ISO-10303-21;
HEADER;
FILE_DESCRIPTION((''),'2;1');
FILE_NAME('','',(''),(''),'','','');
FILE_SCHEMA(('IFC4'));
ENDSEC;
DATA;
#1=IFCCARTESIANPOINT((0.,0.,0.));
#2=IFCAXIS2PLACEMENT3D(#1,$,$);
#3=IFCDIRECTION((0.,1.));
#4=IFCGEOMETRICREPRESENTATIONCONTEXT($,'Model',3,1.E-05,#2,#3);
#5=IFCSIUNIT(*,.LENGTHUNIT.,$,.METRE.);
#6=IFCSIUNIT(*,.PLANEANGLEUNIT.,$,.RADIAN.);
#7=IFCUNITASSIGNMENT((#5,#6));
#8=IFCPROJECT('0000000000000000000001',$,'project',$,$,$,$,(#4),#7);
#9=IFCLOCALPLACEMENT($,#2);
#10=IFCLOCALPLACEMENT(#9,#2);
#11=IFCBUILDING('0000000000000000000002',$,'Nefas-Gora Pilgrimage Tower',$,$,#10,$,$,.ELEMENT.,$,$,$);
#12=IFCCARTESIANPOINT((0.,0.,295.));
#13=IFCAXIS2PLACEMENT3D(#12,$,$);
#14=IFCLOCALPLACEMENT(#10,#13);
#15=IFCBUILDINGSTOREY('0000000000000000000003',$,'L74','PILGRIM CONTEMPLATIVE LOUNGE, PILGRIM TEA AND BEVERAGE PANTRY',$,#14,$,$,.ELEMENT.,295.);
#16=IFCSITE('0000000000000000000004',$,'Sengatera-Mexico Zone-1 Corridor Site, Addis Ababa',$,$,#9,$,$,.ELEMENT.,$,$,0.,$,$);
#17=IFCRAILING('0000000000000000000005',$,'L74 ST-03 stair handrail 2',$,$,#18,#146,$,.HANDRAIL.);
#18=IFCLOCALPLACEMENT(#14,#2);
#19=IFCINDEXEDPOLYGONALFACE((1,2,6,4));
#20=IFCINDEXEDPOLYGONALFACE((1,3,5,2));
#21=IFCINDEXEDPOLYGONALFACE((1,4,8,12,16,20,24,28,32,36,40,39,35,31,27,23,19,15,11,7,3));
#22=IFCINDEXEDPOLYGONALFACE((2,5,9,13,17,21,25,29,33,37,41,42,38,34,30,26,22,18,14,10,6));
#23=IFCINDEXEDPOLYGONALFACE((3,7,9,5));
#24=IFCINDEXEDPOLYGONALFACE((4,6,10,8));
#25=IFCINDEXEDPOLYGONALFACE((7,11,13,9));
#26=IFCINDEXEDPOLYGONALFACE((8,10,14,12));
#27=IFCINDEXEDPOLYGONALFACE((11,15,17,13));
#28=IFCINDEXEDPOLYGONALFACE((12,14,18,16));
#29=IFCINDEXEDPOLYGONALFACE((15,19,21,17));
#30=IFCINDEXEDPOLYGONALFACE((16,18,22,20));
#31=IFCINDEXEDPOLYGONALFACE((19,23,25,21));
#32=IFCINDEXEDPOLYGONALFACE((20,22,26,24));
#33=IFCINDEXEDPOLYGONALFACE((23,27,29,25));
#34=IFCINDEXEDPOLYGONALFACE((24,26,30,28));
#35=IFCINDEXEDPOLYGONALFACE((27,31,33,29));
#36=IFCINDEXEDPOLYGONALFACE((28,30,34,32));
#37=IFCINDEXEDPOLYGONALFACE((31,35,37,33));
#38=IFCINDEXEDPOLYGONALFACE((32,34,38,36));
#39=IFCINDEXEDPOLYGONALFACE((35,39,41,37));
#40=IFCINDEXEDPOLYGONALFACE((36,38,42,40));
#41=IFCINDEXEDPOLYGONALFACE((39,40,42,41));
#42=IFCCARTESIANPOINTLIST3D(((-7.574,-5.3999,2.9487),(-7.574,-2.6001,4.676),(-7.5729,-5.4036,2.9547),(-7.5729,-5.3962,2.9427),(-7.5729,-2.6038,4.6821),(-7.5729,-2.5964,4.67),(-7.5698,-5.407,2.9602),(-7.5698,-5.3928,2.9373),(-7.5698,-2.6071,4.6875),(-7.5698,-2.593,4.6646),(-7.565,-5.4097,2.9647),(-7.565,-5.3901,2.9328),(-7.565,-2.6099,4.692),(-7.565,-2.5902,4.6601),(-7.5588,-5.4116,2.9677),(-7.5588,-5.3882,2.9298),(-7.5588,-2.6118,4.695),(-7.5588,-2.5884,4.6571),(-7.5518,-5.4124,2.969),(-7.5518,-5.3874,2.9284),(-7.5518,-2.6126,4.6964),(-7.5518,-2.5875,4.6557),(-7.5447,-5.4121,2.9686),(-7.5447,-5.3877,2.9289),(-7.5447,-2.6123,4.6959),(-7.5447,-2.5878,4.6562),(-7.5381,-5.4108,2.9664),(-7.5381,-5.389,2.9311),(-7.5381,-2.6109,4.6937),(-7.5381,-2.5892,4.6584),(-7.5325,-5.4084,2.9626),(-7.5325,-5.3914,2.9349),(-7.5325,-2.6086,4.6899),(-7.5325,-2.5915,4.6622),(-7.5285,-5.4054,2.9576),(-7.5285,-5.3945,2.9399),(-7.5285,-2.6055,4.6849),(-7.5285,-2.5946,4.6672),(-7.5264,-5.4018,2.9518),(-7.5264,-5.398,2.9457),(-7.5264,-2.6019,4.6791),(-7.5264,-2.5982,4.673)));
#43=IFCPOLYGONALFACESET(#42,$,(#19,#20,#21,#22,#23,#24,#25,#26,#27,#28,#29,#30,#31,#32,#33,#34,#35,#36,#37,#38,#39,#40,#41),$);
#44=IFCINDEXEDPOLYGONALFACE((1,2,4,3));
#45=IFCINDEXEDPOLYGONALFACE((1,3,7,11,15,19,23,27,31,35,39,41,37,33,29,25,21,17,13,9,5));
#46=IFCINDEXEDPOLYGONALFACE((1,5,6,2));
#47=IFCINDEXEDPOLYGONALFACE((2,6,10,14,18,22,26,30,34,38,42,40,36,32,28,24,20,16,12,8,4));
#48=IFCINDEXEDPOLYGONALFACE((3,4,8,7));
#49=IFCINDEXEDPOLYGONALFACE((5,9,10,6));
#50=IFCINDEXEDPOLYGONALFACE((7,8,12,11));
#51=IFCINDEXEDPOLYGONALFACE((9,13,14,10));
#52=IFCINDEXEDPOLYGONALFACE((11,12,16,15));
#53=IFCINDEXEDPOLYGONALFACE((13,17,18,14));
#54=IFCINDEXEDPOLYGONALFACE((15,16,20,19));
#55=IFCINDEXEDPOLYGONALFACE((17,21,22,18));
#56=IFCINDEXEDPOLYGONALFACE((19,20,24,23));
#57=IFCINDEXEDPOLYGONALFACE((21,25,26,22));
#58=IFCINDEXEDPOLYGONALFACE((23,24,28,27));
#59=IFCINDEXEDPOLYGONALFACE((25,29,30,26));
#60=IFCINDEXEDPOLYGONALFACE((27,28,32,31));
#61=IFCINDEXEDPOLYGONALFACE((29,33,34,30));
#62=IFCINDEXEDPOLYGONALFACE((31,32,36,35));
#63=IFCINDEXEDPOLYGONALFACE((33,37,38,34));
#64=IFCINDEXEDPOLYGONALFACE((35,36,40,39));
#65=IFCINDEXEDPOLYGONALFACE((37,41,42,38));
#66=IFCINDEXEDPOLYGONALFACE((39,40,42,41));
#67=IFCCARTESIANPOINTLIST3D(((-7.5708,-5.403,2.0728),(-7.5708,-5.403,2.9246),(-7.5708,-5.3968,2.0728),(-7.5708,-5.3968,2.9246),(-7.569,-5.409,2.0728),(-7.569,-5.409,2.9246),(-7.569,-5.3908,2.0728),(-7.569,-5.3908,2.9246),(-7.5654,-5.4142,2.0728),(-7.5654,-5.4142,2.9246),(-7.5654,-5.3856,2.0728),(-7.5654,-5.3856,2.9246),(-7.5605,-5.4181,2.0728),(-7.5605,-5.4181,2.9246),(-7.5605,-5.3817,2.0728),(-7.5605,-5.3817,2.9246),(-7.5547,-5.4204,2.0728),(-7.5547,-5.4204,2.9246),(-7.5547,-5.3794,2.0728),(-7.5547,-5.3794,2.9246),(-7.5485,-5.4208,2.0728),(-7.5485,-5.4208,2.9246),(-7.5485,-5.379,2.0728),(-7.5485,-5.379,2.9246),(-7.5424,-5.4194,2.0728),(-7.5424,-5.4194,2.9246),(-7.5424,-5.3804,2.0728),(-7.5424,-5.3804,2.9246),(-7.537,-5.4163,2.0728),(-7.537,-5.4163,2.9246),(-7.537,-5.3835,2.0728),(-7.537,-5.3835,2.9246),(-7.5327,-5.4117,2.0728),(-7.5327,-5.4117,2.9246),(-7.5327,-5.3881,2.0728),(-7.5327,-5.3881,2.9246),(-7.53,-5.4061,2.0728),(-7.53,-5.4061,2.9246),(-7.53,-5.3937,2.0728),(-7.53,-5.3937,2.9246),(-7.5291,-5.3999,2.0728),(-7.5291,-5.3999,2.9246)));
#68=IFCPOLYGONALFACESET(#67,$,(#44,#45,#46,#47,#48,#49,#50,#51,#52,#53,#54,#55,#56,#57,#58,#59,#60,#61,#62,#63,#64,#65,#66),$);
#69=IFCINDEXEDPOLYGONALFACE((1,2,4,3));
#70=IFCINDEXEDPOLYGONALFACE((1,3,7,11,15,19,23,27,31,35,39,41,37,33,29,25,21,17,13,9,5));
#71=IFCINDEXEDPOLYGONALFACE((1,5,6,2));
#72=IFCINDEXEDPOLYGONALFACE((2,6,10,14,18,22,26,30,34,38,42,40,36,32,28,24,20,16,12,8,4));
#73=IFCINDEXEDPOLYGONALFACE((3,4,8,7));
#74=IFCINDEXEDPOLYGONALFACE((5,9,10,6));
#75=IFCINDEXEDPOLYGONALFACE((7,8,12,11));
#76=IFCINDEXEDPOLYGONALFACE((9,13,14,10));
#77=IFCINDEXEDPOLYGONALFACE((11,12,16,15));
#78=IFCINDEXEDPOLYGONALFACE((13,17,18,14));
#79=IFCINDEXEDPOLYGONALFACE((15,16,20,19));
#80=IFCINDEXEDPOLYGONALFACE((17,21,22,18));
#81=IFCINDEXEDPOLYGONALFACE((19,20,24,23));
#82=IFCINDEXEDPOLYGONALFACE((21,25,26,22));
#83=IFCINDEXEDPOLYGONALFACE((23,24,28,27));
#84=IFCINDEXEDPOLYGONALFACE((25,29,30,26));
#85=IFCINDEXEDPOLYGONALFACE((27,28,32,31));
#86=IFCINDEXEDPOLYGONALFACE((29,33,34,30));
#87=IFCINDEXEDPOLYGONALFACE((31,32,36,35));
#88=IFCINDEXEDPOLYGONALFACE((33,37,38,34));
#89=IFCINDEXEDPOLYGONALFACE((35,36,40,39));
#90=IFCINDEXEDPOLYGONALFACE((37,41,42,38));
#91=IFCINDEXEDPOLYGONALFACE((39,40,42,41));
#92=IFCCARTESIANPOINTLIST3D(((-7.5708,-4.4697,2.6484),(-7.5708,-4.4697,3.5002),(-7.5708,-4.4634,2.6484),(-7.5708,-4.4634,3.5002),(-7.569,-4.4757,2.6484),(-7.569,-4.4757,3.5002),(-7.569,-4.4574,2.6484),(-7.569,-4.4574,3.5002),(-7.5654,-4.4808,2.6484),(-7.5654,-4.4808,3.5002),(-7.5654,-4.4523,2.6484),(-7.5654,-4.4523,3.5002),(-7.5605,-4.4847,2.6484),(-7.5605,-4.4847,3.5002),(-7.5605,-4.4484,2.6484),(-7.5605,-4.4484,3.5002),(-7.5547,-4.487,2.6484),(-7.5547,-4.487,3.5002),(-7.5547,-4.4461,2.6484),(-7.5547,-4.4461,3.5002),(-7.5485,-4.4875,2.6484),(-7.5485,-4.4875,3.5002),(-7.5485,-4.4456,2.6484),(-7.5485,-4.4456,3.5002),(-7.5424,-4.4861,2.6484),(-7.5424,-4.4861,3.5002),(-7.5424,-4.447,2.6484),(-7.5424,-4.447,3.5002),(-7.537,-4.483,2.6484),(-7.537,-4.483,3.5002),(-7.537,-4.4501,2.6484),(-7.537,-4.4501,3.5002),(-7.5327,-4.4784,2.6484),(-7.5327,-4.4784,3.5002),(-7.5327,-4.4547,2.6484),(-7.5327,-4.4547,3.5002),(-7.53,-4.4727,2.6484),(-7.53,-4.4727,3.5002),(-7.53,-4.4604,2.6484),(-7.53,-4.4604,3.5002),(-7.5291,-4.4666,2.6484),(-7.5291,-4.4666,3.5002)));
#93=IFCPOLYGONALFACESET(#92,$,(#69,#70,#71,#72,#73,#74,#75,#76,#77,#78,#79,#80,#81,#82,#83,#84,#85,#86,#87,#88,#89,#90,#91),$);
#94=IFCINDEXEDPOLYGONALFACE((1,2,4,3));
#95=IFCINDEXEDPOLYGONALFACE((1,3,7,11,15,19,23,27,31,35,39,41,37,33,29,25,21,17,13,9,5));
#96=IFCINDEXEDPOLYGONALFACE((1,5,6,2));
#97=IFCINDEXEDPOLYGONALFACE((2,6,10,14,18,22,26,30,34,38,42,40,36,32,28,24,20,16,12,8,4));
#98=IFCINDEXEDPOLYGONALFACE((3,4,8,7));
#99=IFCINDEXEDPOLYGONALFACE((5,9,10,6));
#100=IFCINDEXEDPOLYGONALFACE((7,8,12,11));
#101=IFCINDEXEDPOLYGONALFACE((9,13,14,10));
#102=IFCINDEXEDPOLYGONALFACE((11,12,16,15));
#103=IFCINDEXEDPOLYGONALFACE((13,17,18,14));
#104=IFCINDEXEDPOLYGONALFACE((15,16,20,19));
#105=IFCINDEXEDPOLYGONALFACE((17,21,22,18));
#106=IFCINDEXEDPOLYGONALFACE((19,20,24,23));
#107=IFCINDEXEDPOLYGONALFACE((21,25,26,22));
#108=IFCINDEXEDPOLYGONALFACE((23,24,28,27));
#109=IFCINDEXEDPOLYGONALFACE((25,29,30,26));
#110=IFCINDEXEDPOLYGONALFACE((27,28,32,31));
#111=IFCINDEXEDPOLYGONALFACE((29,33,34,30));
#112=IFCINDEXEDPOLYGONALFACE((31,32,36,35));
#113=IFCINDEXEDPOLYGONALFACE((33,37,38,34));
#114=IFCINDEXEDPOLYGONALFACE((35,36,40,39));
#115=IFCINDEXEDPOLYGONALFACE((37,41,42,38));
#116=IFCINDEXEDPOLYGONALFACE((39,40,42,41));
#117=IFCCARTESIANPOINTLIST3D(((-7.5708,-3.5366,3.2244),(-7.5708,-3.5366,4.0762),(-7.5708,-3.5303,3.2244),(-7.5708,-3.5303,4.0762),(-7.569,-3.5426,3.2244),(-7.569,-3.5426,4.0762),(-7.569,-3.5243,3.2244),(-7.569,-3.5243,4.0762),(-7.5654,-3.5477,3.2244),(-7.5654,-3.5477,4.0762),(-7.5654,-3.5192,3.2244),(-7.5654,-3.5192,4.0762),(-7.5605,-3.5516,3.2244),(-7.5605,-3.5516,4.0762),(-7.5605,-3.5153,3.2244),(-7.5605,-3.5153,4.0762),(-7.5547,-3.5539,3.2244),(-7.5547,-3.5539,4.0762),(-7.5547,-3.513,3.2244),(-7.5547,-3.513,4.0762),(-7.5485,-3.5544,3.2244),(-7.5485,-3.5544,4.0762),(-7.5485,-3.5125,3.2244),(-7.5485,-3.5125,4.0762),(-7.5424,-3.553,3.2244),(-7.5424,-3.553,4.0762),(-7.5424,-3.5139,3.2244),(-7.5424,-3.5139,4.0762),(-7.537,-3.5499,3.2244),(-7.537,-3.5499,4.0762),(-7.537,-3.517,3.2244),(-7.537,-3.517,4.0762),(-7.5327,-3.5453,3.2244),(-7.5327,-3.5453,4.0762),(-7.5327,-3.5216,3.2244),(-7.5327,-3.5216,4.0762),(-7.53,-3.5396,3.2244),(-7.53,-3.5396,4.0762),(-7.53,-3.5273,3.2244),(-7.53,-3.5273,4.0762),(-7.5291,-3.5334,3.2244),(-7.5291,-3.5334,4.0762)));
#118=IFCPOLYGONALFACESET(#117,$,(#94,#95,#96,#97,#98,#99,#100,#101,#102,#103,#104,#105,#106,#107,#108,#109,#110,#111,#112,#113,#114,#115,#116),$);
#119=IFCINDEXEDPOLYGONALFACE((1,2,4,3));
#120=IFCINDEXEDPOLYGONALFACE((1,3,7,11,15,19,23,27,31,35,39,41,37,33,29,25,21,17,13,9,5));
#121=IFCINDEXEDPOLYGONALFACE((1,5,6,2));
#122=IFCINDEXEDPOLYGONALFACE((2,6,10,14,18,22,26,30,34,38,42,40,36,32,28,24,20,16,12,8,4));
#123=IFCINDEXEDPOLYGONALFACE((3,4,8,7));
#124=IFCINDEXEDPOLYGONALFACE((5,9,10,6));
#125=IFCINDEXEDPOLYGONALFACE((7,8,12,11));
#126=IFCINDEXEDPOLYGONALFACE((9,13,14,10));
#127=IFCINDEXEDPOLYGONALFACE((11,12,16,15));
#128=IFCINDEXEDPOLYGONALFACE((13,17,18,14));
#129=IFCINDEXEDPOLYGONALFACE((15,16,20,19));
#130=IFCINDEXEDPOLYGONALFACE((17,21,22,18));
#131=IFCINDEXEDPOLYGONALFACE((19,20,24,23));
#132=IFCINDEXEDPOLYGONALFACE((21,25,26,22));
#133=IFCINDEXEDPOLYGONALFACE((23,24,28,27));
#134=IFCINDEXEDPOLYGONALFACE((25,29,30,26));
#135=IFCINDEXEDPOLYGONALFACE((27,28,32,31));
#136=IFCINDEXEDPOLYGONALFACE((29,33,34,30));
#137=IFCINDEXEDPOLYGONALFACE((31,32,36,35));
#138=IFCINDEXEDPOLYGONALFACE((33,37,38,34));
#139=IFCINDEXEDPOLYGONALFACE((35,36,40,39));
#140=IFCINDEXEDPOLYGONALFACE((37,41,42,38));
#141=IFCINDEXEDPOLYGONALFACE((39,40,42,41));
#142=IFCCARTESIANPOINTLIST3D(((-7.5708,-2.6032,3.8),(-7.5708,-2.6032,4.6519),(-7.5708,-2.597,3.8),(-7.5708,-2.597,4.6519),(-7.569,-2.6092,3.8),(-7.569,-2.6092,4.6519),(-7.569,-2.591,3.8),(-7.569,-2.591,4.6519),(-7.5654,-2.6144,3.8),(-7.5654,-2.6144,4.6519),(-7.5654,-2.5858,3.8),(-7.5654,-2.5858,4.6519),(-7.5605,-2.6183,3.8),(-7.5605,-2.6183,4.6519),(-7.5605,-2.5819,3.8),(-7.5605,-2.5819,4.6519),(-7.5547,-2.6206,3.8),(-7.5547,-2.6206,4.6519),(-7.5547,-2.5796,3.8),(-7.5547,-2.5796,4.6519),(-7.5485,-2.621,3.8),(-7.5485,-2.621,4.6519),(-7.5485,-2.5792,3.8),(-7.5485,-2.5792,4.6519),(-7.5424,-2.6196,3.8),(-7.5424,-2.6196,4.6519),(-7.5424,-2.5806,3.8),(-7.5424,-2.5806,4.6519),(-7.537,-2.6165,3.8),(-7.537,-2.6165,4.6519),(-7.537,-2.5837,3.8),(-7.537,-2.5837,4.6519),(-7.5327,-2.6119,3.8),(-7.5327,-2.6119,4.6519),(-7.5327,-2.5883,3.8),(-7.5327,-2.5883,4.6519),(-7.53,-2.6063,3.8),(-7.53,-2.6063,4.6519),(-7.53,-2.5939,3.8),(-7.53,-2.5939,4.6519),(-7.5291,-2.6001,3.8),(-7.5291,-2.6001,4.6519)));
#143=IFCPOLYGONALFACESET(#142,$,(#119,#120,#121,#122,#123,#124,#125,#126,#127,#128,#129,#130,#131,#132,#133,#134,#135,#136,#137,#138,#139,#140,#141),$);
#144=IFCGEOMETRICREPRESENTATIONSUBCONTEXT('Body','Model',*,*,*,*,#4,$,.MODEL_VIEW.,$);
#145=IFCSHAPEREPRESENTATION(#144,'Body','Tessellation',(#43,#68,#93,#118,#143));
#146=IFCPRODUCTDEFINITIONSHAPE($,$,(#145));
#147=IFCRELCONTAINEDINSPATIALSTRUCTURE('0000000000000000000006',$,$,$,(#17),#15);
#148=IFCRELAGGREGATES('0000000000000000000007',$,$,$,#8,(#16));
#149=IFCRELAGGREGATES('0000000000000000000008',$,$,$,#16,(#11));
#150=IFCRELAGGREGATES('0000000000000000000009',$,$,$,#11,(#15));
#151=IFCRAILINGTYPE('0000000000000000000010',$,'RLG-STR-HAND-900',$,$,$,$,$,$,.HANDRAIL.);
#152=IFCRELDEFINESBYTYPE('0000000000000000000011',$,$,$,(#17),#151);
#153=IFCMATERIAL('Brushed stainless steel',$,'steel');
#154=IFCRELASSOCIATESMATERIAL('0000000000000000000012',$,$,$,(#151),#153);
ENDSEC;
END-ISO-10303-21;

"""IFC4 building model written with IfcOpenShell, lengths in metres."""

from ifc_helpers import new_model, si_unit, direction, frame, origin, origin_2d, place, context, subcontext, project, spatial, circle, extrude, material, type_object, element, save


model = new_model("IFC4")

# Units and contexts
model_context = context("Model", 3, precision=1e-05, world=origin(), true_north=direction((0.0, 1.0)))
body_context = subcontext(model_context, "Body", "Model", "MODEL_VIEW")
ifc_project = project(units=[si_unit("LENGTHUNIT", "METRE"), si_unit("PLANEANGLEUNIT", "RADIAN")], contexts=[model_context])

# Site, building, storey
site_placement = place(None, origin())
site = spatial("IfcSite", under=ifc_project, at=site_placement, Name="Sengatera-Mexico Zone-1 Corridor Site, Addis Ababa", CompositionType="ELEMENT", RefElevation=0.0)
building_placement = place(site_placement, origin())
building = spatial("IfcBuilding", under=site, at=building_placement, Name="Nefas-Gora Pilgrimage Tower", CompositionType="ELEMENT")
storey_placement = place(building_placement, frame((0.0, 0.0, 295.0)))
storey = spatial("IfcBuildingStorey", under=building, at=storey_placement, Name="L74", Description="PILGRIM CONTEMPLATIVE LOUNGE, PILGRIM TEA AND BEVERAGE PANTRY", CompositionType="ELEMENT", Elevation=295.0)

# Railing
ifc_material_1 = material(Name="Brushed stainless steel", Category="steel")
railing_type_1 = type_object("IfcRailingType", Name="RLG-STR-HAND-900", PredefinedType="HANDRAIL", material=ifc_material_1)
railing_1_placement = place(storey_placement, frame((-7.55, -5.3999, 2.0728)))
element("IfcRailing", 1, at=railing_1_placement, inside=storey, type_object=railing_type_1, Name="L74 ST-03 stair handrail 2", PredefinedType="HANDRAIL", context=body_context, shape_type="SweptSolid", body=[
    extrude(circle(Radius=0.0239, at=origin_2d()), frame((0.0, 0.0, 0.876), z_axis=(0.0, 0.851069, 0.525054), x_axis=(-1.0, 0.0, 0.0)), (0.0, 0.0, 1.0), 3.2898),
    extrude(circle(Radius=0.021, at=origin_2d()), origin(), (0.0, 0.0, 1.0), 0.8518),
    extrude(circle(Radius=0.021, at=origin_2d()), frame((0.0, 0.9333, 0.5757)), (0.0, 0.0, 1.0), 0.8518),
    extrude(circle(Radius=0.021, at=origin_2d()), frame((0.0, 1.8665, 1.1516)), (0.0, 0.0, 1.0), 0.8518),
    extrude(circle(Radius=0.021, at=origin_2d()), frame((0.0, 2.7998, 1.7273)), (0.0, 0.0, 1.0), 0.8518),
])

save(model, "model.ifc")
